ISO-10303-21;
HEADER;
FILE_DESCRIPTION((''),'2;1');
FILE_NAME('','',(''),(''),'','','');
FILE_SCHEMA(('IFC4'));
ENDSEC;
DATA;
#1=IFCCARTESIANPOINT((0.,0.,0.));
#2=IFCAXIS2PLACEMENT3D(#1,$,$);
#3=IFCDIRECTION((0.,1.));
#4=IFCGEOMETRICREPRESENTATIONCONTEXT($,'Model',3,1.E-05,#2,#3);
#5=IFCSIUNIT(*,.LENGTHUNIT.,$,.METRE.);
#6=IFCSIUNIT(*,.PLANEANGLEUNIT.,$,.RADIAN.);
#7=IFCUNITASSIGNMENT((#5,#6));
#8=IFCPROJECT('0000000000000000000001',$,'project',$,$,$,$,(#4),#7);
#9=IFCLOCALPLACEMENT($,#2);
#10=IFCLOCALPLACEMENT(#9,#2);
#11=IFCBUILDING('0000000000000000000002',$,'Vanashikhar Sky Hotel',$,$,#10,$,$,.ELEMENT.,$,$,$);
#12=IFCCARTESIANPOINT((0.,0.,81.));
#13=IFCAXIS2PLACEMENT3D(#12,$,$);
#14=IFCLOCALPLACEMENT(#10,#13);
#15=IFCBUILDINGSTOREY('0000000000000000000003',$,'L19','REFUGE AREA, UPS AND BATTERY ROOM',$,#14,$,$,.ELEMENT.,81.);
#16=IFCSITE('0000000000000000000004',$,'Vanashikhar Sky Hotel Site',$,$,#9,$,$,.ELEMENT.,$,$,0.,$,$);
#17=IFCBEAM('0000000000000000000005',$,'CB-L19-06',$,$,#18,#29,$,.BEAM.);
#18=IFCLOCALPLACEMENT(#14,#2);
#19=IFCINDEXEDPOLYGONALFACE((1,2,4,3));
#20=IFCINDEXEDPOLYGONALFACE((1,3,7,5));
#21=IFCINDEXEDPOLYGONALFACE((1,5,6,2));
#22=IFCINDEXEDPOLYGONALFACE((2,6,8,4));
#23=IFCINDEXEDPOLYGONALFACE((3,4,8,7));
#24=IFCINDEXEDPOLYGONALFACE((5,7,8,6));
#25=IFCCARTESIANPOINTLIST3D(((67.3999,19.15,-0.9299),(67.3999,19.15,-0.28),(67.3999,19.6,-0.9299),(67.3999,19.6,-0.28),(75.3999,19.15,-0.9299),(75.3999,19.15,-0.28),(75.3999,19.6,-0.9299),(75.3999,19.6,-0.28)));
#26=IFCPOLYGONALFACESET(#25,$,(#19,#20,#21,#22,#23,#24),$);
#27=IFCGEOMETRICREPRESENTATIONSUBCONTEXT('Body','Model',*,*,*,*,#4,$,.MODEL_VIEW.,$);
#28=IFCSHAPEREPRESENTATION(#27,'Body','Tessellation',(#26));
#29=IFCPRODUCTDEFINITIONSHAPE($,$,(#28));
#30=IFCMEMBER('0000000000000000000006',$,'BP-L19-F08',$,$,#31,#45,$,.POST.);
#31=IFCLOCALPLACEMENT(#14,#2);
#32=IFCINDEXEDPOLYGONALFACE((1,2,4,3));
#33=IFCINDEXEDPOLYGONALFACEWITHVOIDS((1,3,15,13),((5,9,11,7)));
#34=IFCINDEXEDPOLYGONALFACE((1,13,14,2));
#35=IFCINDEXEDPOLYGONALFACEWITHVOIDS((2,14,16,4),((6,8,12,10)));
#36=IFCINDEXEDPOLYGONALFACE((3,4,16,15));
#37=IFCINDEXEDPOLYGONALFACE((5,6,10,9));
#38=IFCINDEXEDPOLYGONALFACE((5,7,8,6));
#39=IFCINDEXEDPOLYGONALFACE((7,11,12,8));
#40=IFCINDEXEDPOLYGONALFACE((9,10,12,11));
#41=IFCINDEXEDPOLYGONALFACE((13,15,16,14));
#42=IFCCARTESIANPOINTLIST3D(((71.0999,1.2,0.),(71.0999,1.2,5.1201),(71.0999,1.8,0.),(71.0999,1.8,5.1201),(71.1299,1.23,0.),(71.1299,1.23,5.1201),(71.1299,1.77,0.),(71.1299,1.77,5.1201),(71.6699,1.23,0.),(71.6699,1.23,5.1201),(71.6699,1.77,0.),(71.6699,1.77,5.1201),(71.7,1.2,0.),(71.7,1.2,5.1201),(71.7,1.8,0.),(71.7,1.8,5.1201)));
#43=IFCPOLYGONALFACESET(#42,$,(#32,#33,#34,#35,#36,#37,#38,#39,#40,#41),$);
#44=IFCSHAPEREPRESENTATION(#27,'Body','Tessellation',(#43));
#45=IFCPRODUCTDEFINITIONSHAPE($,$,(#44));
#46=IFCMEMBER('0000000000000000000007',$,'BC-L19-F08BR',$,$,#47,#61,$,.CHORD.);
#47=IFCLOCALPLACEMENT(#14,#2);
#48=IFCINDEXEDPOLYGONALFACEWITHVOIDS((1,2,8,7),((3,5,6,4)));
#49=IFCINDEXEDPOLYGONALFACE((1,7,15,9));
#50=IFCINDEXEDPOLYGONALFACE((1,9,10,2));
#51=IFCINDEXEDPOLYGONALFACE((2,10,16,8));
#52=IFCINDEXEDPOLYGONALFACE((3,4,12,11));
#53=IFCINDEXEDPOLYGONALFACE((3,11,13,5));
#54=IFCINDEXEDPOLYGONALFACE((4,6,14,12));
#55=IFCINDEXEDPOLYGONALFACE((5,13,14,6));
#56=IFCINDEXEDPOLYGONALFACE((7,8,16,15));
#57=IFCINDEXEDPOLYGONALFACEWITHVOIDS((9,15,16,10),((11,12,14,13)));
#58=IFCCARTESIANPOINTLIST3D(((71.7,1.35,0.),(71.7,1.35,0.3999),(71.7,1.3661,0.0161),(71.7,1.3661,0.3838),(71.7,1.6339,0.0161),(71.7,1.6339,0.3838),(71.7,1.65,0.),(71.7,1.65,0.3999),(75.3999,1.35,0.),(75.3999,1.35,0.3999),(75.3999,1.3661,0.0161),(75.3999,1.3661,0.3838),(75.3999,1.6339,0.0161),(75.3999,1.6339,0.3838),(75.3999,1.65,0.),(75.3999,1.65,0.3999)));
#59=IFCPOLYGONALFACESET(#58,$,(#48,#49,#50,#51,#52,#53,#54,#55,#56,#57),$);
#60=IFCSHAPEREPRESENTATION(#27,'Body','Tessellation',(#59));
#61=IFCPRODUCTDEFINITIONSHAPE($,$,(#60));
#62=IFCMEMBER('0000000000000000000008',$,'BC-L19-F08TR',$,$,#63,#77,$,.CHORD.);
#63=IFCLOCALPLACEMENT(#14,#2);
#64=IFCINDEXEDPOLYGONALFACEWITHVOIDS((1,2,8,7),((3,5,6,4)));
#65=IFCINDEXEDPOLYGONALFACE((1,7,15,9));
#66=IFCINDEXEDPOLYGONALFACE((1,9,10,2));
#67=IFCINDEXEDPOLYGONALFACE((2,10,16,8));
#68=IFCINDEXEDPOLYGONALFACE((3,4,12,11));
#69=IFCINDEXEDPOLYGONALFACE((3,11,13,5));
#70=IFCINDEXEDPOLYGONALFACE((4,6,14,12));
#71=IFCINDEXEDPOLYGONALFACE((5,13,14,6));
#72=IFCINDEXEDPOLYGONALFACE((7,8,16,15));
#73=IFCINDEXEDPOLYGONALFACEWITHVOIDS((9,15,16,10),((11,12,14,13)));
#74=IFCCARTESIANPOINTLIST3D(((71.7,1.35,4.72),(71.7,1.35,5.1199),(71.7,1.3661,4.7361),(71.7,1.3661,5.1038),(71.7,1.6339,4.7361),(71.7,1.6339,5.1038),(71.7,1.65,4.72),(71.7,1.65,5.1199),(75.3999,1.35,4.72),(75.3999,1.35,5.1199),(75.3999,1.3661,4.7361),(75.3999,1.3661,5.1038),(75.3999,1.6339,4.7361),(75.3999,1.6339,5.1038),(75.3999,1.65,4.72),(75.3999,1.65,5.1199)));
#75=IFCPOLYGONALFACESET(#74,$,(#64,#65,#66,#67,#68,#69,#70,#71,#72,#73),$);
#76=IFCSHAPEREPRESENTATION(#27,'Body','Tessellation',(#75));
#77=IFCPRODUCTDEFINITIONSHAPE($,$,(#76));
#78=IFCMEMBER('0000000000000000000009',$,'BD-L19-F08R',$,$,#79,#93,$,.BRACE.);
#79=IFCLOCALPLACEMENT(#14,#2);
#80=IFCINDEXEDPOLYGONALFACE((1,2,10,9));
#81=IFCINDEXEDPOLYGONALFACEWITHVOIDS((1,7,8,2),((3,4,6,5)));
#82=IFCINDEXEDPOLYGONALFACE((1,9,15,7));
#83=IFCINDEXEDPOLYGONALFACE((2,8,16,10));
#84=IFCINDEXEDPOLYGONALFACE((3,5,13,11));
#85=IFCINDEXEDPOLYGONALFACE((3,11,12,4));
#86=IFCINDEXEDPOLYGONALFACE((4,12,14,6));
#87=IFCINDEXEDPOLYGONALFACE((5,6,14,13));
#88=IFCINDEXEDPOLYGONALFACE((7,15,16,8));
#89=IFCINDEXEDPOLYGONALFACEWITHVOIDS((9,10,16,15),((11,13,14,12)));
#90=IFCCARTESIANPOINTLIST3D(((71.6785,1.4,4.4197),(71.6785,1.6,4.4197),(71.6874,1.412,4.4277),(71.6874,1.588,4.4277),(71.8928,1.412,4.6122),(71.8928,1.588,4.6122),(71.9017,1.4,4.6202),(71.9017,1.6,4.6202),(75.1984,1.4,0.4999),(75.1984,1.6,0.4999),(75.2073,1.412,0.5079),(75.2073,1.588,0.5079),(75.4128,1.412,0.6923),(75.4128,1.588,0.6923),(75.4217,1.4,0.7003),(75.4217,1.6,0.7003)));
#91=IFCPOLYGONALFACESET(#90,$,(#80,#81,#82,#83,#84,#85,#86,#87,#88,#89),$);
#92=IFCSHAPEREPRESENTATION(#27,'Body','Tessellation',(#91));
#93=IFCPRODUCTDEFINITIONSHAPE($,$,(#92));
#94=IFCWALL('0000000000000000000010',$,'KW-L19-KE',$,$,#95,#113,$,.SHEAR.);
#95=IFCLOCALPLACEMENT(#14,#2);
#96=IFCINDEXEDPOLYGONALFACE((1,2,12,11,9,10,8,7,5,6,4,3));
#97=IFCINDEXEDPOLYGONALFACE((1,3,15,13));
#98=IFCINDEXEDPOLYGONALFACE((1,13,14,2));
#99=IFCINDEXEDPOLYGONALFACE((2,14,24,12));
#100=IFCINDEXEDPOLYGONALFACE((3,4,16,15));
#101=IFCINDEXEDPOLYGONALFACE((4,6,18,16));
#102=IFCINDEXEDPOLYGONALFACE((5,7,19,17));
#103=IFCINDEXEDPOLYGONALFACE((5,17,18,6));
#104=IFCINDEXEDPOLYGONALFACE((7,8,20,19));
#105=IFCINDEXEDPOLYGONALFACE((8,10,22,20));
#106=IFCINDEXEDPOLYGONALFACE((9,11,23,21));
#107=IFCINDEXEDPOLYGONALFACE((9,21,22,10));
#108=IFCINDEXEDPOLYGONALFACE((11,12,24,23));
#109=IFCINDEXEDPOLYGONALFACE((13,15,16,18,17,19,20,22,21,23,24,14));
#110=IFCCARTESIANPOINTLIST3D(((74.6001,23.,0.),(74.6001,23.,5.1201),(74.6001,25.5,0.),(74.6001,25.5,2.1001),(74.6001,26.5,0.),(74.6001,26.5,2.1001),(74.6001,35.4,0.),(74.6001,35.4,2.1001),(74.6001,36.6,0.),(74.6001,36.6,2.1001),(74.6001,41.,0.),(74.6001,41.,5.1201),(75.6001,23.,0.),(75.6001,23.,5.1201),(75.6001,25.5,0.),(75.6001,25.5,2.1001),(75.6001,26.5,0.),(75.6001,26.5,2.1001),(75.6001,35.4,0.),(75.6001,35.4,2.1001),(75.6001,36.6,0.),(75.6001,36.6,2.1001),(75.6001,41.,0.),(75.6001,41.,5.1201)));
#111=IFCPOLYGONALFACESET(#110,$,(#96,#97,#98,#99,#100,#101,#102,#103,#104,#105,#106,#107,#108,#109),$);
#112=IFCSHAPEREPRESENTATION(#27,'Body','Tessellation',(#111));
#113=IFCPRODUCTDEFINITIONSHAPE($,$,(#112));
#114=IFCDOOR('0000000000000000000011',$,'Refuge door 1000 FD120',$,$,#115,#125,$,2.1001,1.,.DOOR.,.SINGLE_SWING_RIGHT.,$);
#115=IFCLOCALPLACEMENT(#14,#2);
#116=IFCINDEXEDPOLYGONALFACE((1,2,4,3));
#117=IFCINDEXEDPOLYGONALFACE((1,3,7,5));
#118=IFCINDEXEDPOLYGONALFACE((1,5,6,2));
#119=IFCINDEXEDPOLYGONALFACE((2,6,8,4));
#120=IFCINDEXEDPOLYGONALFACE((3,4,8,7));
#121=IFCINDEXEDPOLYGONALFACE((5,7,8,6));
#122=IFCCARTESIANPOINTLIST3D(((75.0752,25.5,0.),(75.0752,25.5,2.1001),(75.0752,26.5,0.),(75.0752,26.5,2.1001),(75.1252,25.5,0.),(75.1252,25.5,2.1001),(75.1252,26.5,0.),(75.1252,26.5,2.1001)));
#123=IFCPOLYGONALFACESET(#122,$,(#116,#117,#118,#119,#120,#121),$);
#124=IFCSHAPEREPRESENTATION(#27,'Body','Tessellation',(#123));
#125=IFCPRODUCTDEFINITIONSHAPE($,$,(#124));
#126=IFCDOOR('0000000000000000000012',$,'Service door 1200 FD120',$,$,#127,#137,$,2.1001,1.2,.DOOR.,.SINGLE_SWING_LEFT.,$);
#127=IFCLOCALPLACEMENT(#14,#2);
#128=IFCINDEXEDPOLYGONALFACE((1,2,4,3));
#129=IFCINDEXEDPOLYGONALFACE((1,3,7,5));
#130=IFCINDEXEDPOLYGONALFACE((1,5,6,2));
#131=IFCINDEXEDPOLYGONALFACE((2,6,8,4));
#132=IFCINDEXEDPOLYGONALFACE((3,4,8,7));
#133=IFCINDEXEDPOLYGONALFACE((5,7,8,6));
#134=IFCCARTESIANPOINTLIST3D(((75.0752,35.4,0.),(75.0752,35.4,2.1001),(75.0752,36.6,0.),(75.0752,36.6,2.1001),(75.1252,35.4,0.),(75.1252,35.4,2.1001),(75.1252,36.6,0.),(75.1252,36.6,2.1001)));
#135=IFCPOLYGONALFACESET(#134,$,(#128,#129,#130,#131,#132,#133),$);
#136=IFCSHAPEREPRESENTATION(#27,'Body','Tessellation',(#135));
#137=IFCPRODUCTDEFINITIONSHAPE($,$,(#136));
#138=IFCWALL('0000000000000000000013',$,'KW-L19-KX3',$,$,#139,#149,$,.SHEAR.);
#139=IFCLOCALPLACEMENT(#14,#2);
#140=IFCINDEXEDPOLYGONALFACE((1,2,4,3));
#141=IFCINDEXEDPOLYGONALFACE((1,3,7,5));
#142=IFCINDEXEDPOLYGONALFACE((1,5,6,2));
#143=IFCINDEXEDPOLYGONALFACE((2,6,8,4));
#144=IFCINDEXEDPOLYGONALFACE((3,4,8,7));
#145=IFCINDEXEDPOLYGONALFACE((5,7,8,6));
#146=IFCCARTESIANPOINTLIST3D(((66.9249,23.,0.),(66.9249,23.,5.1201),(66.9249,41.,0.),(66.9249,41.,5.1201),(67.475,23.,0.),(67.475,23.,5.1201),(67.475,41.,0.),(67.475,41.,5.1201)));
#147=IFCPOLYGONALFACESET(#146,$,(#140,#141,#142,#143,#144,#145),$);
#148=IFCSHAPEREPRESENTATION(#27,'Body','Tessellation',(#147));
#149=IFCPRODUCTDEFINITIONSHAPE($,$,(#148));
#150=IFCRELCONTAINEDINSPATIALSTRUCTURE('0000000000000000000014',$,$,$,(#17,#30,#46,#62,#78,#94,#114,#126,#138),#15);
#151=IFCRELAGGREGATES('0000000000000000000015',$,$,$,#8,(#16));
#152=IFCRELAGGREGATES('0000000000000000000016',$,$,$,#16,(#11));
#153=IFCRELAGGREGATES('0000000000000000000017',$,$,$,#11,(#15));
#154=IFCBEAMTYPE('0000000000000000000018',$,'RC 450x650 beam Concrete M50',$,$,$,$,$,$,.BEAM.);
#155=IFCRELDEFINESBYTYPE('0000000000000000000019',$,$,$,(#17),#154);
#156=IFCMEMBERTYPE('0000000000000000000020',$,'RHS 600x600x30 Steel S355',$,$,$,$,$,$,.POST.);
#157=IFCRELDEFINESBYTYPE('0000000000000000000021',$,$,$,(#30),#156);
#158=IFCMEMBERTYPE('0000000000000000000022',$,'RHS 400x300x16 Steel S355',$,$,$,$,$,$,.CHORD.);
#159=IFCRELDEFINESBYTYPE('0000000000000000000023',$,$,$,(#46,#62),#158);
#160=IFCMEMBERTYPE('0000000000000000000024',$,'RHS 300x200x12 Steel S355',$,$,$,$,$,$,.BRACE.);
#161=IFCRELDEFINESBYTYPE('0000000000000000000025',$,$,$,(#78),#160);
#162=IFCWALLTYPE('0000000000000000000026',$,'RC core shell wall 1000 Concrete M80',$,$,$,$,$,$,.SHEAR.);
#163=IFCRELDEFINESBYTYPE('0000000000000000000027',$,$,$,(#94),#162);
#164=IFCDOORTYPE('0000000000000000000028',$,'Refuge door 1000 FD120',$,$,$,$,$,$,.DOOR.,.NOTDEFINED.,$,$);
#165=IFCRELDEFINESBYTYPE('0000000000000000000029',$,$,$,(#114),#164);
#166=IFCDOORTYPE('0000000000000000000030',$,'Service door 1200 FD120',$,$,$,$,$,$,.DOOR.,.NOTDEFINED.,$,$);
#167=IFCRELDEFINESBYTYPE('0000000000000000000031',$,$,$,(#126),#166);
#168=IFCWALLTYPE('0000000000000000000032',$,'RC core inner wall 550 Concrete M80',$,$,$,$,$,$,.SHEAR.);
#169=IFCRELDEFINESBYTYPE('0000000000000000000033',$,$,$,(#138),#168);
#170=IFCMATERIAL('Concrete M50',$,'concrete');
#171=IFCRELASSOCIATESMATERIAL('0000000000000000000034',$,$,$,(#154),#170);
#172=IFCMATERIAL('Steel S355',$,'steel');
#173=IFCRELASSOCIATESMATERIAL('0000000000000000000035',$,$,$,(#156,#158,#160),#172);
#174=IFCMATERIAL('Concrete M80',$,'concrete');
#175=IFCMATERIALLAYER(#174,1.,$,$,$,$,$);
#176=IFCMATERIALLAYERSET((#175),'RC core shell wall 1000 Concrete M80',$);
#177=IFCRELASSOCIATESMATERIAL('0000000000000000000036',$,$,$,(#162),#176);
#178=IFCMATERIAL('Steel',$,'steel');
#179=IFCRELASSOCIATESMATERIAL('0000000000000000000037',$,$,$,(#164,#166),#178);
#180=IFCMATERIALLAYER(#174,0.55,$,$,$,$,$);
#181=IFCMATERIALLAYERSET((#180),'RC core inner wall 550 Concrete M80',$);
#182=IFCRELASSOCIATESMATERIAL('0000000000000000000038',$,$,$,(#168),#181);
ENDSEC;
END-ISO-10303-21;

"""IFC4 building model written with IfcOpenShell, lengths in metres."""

from ifc_helpers import new_model, si_unit, direction, frame, frame_2d, origin, origin_2d, place, context, subcontext, project, spatial, rectangle, hollow_rectangle, extrude, source, transform, mapped, material, layer, layer_set, material_profile, profile_set, type_object, element, fill, save


model = new_model("IFC4")

# Units and contexts
model_context = context("Model", 3, precision=1e-05, world=origin(), true_north=direction((0.0, 1.0)))
body_context = subcontext(model_context, "Body", "Model", "MODEL_VIEW")
ifc_project = project(units=[si_unit("LENGTHUNIT", "METRE"), si_unit("PLANEANGLEUNIT", "RADIAN")], contexts=[model_context])

# Site, building, storey
site_placement = place(None, origin())
site = spatial("IfcSite", under=ifc_project, at=site_placement, Name="Vanashikhar Sky Hotel Site", CompositionType="ELEMENT", RefElevation=0.0)
building_placement = place(site_placement, origin())
building = spatial("IfcBuilding", under=site, at=building_placement, Name="Vanashikhar Sky Hotel", CompositionType="ELEMENT")
storey_placement = place(building_placement, frame((0.0, 0.0, 81.0)))
storey = spatial("IfcBuildingStorey", under=building, at=storey_placement, Name="L19", Description="REFUGE AREA, UPS AND BATTERY ROOM", CompositionType="ELEMENT", Elevation=81.0)

# Beam
ifc_material_1 = material(Name="Concrete M50", Category="concrete")
ifc_material_profile_1 = material_profile(ifc_material_1, rectangle(XDim=0.45, YDim=0.6499, at=origin_2d()))
ifc_profile_set_1 = profile_set([ifc_material_profile_1], Name="RC 450x650 beam Concrete M50")
beam_type = type_object("IfcBeamType", Name="RC 450x650 beam Concrete M50", PredefinedType="BEAM", material=ifc_profile_set_1)
shared_shape_1 = source(origin(), body_context, "Body", "SweptSolid", [
    extrude(rectangle(XDim=0.45, YDim=0.6499, at=origin_2d()), origin(), (0.0, 0.0, 1.0), 8.0),
])
beam_placement = place(storey_placement, frame((67.3999, 19.375, -0.605), z_axis=(1.0, 0.0, 0.0), x_axis=(0.0, 1.0, 0.0)))
element("IfcBeam", 1, at=beam_placement, inside=storey, type_object=beam_type, Name="CB-L19-06", PredefinedType="BEAM", context=body_context, shape_type="MappedRepresentation", body=[
    mapped(shared_shape_1, transform((0.0, 0.0, 0.0), scale=1.0)),
])

# Members
ifc_material_2 = material(Name="Steel S355", Category="steel")
ifc_material_profile_2 = material_profile(ifc_material_2, hollow_rectangle(XDim=0.6001, YDim=0.6001, WallThickness=0.03, at=origin_2d()))
ifc_profile_set_2 = profile_set([ifc_material_profile_2], Name="RHS 600x600x30 Steel S355")
member_type_1 = type_object("IfcMemberType", Name="RHS 600x600x30 Steel S355", PredefinedType="POST", material=ifc_profile_set_2)
shared_shape_2 = source(origin(), body_context, "Body", "SweptSolid", [
    extrude(hollow_rectangle(XDim=0.6001, YDim=0.6001, WallThickness=0.03, at=origin_2d()), origin(), (0.0, 0.0, 1.0), 5.1201),
])
member_1_placement = place(storey_placement, frame((71.3999, 1.5, 0.0), z_axis=(0.0, 0.0, 1.0), x_axis=(1.0, 0.0, 0.0)))
element("IfcMember", 2, at=member_1_placement, inside=storey, type_object=member_type_1, Name="BP-L19-F08", PredefinedType="POST", context=body_context, shape_type="MappedRepresentation", body=[
    mapped(shared_shape_2, transform((0.0, 0.0, 0.0), scale=1.0)),
])
ifc_material_profile_3 = material_profile(ifc_material_2, hollow_rectangle(XDim=0.3, YDim=0.3999, WallThickness=0.0161, at=origin_2d()))
ifc_profile_set_3 = profile_set([ifc_material_profile_3], Name="RHS 400x300x16 Steel S355")
member_type_2 = type_object("IfcMemberType", Name="RHS 400x300x16 Steel S355", PredefinedType="CHORD", material=ifc_profile_set_3)
shared_shape_3 = source(origin(), body_context, "Body", "SweptSolid", [
    extrude(hollow_rectangle(XDim=0.3, YDim=0.3999, WallThickness=0.0161, at=origin_2d()), origin(), (0.0, 0.0, 1.0), 3.7),
])
for number, where, z_axis, x_axis, name in (
    (3, (71.7, 1.5, 0.2), (1.0, 0.0, 0.0), (0.0, 1.0, 0.0), "BC-L19-F08BR"),
    (4, (71.7, 1.5, 4.9199), (1.0, 0.0, 0.0), (0.0, 1.0, 0.0), "BC-L19-F08TR"),
):
    element("IfcMember", number, at=place(storey_placement, frame(where, z_axis=z_axis, x_axis=x_axis)), inside=storey, type_object=member_type_2, Name=name, PredefinedType="CHORD", context=body_context, shape_type="MappedRepresentation", body=[
        mapped(shared_shape_3, transform((0.0, 0.0, 0.0), scale=1.0)),
    ])
ifc_material_profile_4 = material_profile(ifc_material_2, hollow_rectangle(XDim=0.2, YDim=0.3, WallThickness=0.012, at=origin_2d()))
ifc_profile_set_4 = profile_set([ifc_material_profile_4], Name="RHS 300x200x12 Steel S355")
member_type_3 = type_object("IfcMemberType", Name="RHS 300x200x12 Steel S355", PredefinedType="BRACE", material=ifc_profile_set_4)
shared_shape_4 = source(origin(), body_context, "Body", "SweptSolid", [
    extrude(hollow_rectangle(XDim=0.2, YDim=0.3, WallThickness=0.012, at=origin_2d()), origin(), (0.0, 0.0, 1.0), 5.2683),
])
member_2_placement = place(storey_placement, frame((75.3101, 1.5, 0.6001), z_axis=(-0.668135, 0.0, 0.74404), x_axis=(0.0, -1.0, 0.0)))
element("IfcMember", 5, at=member_2_placement, inside=storey, type_object=member_type_3, Name="BD-L19-F08R", PredefinedType="BRACE", context=body_context, shape_type="MappedRepresentation", body=[
    mapped(shared_shape_4, transform((0.0, 0.0, 0.0), scale=1.0)),
])

# Wall, openings, doors
ifc_material_3 = material(Name="Concrete M80", Category="concrete")
ifc_layer_1 = layer(ifc_material_3, 1.0)
ifc_layer_set_1 = layer_set([ifc_layer_1], Name="RC core shell wall 1000 Concrete M80")
wall_type_1 = type_object("IfcWallType", Name="RC core shell wall 1000 Concrete M80", PredefinedType="SHEAR", material=ifc_layer_set_1)
shared_shape_5 = source(origin(), body_context, "Body", "SweptSolid", [
    extrude(rectangle(XDim=18.0, YDim=1.0, at=frame_2d((9.0, 0.0))), origin(), (0.0, 0.0, 1.0), 5.1201),
])
wall_1_placement = place(storey_placement, frame((75.1001, 23.0, 0.0), z_axis=(0.0, 0.0, 1.0), x_axis=(0.0, 1.0, 0.0)))
wall_1 = element("IfcWall", 6, at=wall_1_placement, inside=storey, type_object=wall_type_1, Name="KW-L19-KE", PredefinedType="SHEAR", context=body_context, shape_type="MappedRepresentation", body=[
    mapped(shared_shape_5, transform((0.0, 0.0, 0.0), scale=1.0)),
])
shared_shape_6 = source(origin(), body_context, "Body", "SweptSolid", [
    extrude(rectangle(XDim=1.0, YDim=2.1001, at=frame_2d((0.5, 1.05))), frame((0.0, 0.51, 0.0), z_axis=(0.0, -1.0, 0.0), x_axis=(1.0, 0.0, 0.0)), (0.0, 0.0, 1.0), 1.02),
])
opening_1_placement = place(wall_1_placement, frame((2.5, 0.0, 0.0)))
opening_1 = element("IfcOpeningElement", 7, at=opening_1_placement, cuts=wall_1, PredefinedType="OPENING", context=body_context, shape_type="MappedRepresentation", body=[
    mapped(shared_shape_6, transform((0.0, 0.0, 0.0), scale=1.0)),
])
shared_shape_7 = source(origin(), body_context, "Body", "SweptSolid", [
    extrude(rectangle(XDim=1.2, YDim=2.1001, at=frame_2d((0.6001, 1.05))), frame((0.0, 0.51, 0.0), z_axis=(0.0, -1.0, 0.0), x_axis=(1.0, 0.0, 0.0)), (0.0, 0.0, 1.0), 1.02),
])
opening_2_placement = place(wall_1_placement, frame((12.3999, 0.0, 0.0)))
opening_2 = element("IfcOpeningElement", 8, at=opening_2_placement, cuts=wall_1, PredefinedType="OPENING", context=body_context, shape_type="MappedRepresentation", body=[
    mapped(shared_shape_7, transform((0.0, 0.0, 0.0), scale=1.0)),
])
ifc_material_4 = material(Name="Steel", Category="steel")
door_type_1 = type_object("IfcDoorType", Name="Refuge door 1000 FD120", OperationType="NOTDEFINED", PredefinedType="DOOR", material=ifc_material_4)
shared_shape_8 = source(origin(), body_context, "Body", "SweptSolid", [
    extrude(rectangle(XDim=1.0, YDim=2.1001, at=frame_2d((0.5, 1.05))), frame((0.0, 0.0249, 0.0), z_axis=(0.0, -1.0, 0.0), x_axis=(1.0, 0.0, 0.0)), (0.0, 0.0, 1.0), 0.05),
])
door_1_placement = place(opening_1_placement, origin())
door_1 = element("IfcDoor", 9, at=door_1_placement, inside=storey, type_object=door_type_1, Name="Refuge door 1000 FD120", OperationType="SINGLE_SWING_RIGHT", OverallHeight=2.1001, OverallWidth=1.0, PredefinedType="DOOR", context=body_context, shape_type="MappedRepresentation", body=[
    mapped(shared_shape_8, transform((0.0, 0.0, 0.0), scale=1.0)),
])
fill(opening_1, door_1)
door_type_2 = type_object("IfcDoorType", Name="Service door 1200 FD120", OperationType="NOTDEFINED", PredefinedType="DOOR", material=ifc_material_4)
shared_shape_9 = source(origin(), body_context, "Body", "SweptSolid", [
    extrude(rectangle(XDim=1.2, YDim=2.1001, at=frame_2d((0.6001, 1.05))), frame((0.0, 0.0249, 0.0), z_axis=(0.0, -1.0, 0.0), x_axis=(1.0, 0.0, 0.0)), (0.0, 0.0, 1.0), 0.05),
])
door_2_placement = place(opening_2_placement, origin())
door_2 = element("IfcDoor", 10, at=door_2_placement, inside=storey, type_object=door_type_2, Name="Service door 1200 FD120", OperationType="SINGLE_SWING_LEFT", OverallHeight=2.1001, OverallWidth=1.2, PredefinedType="DOOR", context=body_context, shape_type="MappedRepresentation", body=[
    mapped(shared_shape_9, transform((0.0, 0.0, 0.0), scale=1.0)),
])
fill(opening_2, door_2)

# Wall
ifc_layer_2 = layer(ifc_material_3, 0.55)
ifc_layer_set_2 = layer_set([ifc_layer_2], Name="RC core inner wall 550 Concrete M80")
wall_type_2 = type_object("IfcWallType", Name="RC core inner wall 550 Concrete M80", PredefinedType="SHEAR", material=ifc_layer_set_2)
shared_shape_10 = source(origin(), body_context, "Body", "SweptSolid", [
    extrude(rectangle(XDim=18.0, YDim=0.55, at=frame_2d((9.0, 0.0))), origin(), (0.0, 0.0, 1.0), 5.1201),
])
wall_2_placement = place(storey_placement, frame((67.2, 23.0, 0.0), z_axis=(0.0, 0.0, 1.0), x_axis=(0.0, 1.0, 0.0)))
element("IfcWall", 11, at=wall_2_placement, inside=storey, type_object=wall_type_2, Name="KW-L19-KX3", PredefinedType="SHEAR", context=body_context, shape_type="MappedRepresentation", body=[
    mapped(shared_shape_10, transform((0.0, 0.0, 0.0), scale=1.0)),
])

save(model, "model.ifc")
